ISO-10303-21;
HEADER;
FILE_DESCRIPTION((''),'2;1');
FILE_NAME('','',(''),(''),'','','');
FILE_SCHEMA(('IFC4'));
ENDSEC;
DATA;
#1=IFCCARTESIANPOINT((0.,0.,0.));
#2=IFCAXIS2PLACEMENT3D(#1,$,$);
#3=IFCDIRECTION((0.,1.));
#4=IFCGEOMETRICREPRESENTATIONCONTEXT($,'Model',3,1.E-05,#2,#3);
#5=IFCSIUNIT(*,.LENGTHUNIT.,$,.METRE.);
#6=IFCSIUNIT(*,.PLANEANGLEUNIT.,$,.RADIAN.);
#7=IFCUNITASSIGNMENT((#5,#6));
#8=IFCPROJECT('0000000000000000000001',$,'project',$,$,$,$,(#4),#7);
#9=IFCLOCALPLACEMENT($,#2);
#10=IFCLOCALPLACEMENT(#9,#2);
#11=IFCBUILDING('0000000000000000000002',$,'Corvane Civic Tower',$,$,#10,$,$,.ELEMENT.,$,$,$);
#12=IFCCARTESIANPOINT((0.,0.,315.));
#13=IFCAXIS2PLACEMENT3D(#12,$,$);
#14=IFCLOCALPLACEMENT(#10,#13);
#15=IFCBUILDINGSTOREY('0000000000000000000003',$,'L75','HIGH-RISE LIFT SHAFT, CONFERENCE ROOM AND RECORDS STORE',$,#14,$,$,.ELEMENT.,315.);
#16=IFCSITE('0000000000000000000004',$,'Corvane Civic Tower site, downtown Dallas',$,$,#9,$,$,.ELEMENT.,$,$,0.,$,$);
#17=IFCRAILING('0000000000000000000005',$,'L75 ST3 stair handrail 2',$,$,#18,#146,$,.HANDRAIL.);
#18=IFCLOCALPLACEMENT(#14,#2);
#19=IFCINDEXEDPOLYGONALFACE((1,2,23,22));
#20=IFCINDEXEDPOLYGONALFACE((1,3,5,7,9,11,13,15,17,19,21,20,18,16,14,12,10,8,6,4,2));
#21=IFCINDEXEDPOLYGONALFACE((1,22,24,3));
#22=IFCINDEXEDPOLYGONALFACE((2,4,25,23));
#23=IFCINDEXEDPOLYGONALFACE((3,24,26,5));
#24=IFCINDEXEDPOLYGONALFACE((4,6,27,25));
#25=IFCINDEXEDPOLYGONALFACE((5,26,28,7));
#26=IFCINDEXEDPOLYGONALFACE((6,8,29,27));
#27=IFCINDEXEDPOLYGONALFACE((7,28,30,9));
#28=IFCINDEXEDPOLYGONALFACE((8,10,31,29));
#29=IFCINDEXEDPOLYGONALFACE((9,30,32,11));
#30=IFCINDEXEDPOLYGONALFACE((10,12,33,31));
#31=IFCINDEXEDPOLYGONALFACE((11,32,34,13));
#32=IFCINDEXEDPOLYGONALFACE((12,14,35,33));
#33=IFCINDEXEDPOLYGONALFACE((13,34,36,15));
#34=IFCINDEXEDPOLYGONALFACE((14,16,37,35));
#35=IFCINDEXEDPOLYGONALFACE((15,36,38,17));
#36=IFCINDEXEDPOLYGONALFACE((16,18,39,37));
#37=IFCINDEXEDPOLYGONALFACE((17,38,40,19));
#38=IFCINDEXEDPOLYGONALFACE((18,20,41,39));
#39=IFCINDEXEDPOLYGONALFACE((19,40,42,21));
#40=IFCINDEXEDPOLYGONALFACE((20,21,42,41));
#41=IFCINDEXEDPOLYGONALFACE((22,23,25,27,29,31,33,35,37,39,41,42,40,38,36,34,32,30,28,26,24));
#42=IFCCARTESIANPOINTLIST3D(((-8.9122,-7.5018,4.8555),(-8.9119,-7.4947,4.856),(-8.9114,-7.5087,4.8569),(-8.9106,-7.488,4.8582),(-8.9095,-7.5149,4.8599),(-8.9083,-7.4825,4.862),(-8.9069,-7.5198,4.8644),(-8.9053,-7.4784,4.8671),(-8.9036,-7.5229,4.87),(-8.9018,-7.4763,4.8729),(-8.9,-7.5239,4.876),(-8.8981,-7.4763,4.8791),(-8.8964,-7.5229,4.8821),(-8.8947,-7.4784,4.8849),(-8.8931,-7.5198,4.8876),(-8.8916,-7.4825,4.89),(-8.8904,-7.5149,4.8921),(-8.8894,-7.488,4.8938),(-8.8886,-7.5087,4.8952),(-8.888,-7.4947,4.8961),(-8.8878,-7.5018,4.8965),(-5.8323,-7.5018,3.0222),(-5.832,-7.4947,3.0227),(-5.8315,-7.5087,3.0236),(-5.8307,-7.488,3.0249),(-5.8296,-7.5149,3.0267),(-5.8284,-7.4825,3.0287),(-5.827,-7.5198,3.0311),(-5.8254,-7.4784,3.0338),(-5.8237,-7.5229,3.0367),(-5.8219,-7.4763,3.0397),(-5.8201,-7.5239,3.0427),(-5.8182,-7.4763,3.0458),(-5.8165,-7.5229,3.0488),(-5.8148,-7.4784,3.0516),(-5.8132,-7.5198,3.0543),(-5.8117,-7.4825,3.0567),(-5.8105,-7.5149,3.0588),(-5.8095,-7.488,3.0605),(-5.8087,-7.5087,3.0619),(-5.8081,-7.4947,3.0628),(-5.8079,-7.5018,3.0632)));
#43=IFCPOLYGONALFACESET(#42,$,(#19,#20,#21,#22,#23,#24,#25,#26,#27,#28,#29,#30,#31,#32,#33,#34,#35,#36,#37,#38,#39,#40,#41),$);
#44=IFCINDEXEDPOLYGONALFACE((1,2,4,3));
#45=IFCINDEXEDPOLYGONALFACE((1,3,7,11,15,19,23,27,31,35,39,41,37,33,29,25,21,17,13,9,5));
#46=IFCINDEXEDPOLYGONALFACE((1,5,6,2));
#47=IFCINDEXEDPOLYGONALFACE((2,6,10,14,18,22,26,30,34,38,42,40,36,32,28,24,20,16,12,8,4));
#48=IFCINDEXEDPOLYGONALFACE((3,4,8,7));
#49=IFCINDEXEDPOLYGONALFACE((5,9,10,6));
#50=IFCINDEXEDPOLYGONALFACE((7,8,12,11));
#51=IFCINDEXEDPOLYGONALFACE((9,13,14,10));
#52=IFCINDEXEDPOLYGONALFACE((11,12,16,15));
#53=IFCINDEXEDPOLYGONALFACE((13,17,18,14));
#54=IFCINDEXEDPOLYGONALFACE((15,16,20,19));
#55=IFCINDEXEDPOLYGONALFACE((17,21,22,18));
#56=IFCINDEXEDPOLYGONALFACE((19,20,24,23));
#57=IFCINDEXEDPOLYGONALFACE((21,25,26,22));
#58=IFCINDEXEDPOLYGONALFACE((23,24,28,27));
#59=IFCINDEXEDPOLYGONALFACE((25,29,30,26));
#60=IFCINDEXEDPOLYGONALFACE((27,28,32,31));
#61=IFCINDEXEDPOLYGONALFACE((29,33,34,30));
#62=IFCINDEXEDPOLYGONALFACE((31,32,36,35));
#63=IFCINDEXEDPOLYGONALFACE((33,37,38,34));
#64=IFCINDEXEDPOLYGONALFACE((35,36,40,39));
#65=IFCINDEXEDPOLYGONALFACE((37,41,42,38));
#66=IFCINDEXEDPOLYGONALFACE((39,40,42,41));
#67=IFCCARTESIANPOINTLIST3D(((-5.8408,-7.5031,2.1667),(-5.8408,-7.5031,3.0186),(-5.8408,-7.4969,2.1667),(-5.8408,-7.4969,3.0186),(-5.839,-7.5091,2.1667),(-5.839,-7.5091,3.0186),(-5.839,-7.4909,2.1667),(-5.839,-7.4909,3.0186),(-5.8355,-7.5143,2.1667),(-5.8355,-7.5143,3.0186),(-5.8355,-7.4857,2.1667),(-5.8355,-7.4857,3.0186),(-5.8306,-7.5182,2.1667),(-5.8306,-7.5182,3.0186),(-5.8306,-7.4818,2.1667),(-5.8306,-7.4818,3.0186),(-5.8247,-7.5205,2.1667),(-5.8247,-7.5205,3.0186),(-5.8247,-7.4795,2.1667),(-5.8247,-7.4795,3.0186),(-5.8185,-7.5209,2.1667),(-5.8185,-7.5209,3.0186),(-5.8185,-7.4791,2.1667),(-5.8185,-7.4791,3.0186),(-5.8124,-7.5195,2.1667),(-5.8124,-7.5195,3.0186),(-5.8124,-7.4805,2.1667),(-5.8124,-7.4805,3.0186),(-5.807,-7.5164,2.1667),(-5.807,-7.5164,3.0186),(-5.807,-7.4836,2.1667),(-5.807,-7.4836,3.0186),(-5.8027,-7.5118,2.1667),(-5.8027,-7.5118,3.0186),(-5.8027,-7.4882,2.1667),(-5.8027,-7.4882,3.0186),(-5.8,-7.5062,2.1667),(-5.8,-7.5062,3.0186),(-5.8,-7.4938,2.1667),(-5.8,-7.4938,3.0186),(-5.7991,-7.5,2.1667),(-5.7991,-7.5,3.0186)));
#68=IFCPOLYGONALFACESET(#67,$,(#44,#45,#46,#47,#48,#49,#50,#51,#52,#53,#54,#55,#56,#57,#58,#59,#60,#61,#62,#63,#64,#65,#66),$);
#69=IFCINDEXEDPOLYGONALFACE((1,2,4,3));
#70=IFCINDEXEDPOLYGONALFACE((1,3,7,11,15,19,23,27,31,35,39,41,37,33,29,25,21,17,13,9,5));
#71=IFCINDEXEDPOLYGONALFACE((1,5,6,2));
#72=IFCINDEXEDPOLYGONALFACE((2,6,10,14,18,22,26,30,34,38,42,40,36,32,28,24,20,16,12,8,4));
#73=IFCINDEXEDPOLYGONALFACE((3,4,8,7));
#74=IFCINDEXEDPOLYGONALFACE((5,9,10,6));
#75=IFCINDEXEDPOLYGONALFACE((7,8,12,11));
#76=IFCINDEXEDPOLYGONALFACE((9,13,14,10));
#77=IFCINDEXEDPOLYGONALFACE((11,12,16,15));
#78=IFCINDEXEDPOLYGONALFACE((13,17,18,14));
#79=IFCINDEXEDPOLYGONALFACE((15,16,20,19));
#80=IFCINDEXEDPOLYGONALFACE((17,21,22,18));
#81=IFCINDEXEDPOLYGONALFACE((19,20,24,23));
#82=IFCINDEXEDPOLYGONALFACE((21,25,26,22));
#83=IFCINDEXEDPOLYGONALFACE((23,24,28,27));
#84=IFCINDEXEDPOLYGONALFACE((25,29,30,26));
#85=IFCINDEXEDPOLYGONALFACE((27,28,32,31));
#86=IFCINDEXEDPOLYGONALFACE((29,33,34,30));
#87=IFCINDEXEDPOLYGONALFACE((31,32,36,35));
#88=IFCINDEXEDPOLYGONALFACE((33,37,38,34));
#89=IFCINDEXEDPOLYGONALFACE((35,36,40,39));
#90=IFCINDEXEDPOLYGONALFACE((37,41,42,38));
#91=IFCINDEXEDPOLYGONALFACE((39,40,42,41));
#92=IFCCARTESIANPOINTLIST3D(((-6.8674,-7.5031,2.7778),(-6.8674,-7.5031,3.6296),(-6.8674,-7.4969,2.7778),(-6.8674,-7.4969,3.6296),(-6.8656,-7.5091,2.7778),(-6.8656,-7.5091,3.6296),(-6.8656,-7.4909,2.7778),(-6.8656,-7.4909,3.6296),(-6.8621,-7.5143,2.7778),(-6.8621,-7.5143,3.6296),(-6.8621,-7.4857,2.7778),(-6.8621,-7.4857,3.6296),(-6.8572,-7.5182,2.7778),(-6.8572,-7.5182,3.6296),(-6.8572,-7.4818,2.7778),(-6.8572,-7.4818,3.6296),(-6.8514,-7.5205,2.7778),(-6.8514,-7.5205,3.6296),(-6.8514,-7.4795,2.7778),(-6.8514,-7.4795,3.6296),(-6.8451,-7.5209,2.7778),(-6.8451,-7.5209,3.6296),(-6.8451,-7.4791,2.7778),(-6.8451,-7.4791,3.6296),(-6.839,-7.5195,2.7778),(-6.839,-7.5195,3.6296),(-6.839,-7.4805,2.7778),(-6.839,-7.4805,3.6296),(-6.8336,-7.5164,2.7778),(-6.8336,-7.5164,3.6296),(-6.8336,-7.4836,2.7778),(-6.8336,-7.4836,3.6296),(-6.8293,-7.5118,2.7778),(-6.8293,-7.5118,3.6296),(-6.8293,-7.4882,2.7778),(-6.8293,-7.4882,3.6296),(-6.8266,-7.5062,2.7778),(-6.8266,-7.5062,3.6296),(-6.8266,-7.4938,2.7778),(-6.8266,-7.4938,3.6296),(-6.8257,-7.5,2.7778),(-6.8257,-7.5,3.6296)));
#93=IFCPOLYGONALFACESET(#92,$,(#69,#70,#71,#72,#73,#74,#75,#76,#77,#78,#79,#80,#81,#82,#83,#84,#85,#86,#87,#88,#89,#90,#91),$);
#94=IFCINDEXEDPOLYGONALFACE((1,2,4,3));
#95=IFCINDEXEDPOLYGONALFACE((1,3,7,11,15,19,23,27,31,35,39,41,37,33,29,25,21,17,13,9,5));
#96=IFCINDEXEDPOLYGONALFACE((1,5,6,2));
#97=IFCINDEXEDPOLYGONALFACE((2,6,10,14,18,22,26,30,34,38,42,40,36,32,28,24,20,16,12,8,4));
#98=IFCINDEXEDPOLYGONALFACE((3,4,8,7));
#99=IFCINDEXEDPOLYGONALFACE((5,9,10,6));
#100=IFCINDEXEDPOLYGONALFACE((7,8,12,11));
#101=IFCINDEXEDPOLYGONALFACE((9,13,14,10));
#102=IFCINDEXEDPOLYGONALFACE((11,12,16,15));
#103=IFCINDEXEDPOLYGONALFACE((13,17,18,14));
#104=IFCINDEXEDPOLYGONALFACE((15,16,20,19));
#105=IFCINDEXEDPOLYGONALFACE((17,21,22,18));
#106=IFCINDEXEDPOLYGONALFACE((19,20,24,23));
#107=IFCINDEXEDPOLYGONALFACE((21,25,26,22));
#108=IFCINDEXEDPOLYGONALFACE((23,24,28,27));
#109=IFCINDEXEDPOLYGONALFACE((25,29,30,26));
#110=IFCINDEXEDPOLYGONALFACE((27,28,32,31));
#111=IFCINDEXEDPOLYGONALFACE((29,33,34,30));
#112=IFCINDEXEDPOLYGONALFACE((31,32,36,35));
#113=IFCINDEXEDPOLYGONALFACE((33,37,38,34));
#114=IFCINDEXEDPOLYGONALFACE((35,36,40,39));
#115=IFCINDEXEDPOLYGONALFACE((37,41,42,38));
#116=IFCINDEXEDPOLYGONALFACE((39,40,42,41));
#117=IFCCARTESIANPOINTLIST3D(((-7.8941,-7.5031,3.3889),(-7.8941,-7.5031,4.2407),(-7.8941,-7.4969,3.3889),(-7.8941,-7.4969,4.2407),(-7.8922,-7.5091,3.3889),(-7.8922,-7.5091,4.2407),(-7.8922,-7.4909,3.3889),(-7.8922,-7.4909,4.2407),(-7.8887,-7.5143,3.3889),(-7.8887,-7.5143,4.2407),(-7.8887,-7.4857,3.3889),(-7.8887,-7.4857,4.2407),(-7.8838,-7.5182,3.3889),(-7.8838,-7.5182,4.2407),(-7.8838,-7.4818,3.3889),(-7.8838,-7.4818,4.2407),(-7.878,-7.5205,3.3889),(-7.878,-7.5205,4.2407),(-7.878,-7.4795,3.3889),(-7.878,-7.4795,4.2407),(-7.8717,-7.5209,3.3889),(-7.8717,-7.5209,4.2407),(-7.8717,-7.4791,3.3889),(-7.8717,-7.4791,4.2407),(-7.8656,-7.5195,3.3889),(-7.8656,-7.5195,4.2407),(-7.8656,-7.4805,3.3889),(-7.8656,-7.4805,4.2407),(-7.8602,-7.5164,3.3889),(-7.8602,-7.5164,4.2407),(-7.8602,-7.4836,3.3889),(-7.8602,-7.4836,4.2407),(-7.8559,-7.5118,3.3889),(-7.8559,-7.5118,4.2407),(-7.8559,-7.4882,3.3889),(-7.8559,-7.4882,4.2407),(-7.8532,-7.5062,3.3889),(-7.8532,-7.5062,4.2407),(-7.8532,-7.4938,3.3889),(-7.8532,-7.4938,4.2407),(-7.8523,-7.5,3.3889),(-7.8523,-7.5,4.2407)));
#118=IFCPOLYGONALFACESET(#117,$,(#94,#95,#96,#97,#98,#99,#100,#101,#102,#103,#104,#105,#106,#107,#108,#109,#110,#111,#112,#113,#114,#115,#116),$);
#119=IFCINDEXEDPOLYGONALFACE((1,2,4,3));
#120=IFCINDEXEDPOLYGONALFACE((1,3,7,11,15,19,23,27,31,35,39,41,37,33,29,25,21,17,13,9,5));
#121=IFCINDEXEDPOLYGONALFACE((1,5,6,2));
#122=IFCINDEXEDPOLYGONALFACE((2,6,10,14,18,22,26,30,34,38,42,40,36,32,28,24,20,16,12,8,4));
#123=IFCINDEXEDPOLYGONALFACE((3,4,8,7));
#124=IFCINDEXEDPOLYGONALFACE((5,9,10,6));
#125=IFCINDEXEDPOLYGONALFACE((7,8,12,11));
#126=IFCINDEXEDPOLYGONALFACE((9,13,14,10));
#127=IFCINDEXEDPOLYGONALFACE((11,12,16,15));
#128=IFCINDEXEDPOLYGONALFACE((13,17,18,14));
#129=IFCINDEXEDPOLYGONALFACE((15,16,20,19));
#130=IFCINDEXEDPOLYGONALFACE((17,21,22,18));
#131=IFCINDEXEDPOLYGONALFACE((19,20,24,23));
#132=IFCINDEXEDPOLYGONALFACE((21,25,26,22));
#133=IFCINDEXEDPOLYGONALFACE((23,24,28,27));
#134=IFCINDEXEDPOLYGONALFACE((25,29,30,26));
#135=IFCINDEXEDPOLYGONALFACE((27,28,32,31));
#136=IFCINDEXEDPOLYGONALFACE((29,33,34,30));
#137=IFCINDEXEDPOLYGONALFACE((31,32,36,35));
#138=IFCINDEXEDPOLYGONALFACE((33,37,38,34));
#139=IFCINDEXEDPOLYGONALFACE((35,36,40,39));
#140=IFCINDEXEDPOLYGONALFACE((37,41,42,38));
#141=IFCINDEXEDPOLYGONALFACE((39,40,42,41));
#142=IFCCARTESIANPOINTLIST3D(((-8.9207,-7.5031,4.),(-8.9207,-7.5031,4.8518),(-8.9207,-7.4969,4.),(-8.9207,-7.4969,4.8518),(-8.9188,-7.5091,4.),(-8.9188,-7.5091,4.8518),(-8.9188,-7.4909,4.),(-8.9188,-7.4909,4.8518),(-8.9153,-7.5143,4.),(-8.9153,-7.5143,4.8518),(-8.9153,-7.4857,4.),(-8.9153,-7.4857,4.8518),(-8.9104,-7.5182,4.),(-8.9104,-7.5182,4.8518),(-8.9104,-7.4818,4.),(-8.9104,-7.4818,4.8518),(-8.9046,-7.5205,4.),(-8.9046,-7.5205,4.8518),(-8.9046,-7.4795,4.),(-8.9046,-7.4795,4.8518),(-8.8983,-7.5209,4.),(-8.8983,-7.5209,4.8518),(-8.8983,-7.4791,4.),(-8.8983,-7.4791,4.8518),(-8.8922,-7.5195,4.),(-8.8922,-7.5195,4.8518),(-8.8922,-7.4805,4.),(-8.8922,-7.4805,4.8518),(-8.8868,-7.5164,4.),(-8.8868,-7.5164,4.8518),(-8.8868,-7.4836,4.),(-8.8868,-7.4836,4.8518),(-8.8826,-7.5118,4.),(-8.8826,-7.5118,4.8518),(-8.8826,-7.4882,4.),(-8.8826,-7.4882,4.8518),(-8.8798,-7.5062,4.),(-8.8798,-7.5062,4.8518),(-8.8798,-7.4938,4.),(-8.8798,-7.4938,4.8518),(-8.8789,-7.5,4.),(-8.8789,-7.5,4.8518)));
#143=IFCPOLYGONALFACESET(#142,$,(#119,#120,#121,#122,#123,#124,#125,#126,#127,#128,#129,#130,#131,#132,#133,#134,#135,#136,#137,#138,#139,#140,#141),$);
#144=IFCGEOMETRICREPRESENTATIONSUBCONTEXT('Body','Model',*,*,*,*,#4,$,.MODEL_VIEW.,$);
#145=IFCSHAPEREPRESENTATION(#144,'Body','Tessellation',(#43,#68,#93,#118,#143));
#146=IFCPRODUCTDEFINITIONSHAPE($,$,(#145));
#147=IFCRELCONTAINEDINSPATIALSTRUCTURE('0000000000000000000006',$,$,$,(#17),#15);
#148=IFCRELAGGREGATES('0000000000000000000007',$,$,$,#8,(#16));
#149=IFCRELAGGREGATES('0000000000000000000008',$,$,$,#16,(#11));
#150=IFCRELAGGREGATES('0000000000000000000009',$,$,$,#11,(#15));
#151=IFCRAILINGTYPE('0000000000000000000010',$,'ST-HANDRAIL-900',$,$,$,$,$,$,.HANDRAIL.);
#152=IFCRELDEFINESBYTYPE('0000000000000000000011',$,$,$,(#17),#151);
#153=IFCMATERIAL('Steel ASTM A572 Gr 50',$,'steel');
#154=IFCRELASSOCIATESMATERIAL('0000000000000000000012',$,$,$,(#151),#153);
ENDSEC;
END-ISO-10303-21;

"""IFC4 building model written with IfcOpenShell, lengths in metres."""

from ifc_helpers import new_model, si_unit, direction, frame, origin, origin_2d, place, context, subcontext, project, spatial, circle, extrude, material, type_object, element, save


model = new_model("IFC4")

# Units and contexts
model_context = context("Model", 3, precision=1e-05, world=origin(), true_north=direction((0.0, 1.0)))
body_context = subcontext(model_context, "Body", "Model", "MODEL_VIEW")
ifc_project = project(units=[si_unit("LENGTHUNIT", "METRE"), si_unit("PLANEANGLEUNIT", "RADIAN")], contexts=[model_context])

# Site, building, storey
site_placement = place(None, origin())
site = spatial("IfcSite", under=ifc_project, at=site_placement, Name="Corvane Civic Tower site, downtown Dallas", CompositionType="ELEMENT", RefElevation=0.0)
building_placement = place(site_placement, origin())
building = spatial("IfcBuilding", under=site, at=building_placement, Name="Corvane Civic Tower", CompositionType="ELEMENT")
storey_placement = place(building_placement, frame((0.0, 0.0, 315.0)))
storey = spatial("IfcBuildingStorey", under=building, at=storey_placement, Name="L75", Description="HIGH-RISE LIFT SHAFT, CONFERENCE ROOM AND RECORDS STORE", CompositionType="ELEMENT", Elevation=315.0)

# Railing
ifc_material_1 = material(Name="Steel ASTM A572 Gr 50", Category="steel")
railing_type_1 = type_object("IfcRailingType", Name="ST-HANDRAIL-900", PredefinedType="HANDRAIL", material=ifc_material_1)
railing_1_placement = place(storey_placement, frame((-5.8201, -7.5, 2.1667)))
element("IfcRailing", 1, at=railing_1_placement, inside=storey, type_object=railing_type_1, Name="L75 ST3 stair handrail 2", PredefinedType="HANDRAIL", context=body_context, shape_type="SweptSolid", body=[
    extrude(circle(Radius=0.0239, at=origin_2d()), frame((0.0, 0.0, 0.876), z_axis=(-0.859291, 0.0, 0.511487), x_axis=(0.0, -1.0, 0.0)), (0.0, 0.0, 1.0), 3.5842),
    extrude(circle(Radius=0.021, at=origin_2d()), origin(), (0.0, 0.0, 1.0), 0.8518),
    extrude(circle(Radius=0.021, at=origin_2d()), frame((-1.0266, 0.0, 0.6111)), (0.0, 0.0, 1.0), 0.8518),
    extrude(circle(Radius=0.021, at=origin_2d()), frame((-2.0532, 0.0, 1.2222)), (0.0, 0.0, 1.0), 0.8518),
    extrude(circle(Radius=0.021, at=origin_2d()), frame((-3.0798, 0.0, 1.8333)), (0.0, 0.0, 1.0), 0.8518),
])

save(model, "model.ifc")
